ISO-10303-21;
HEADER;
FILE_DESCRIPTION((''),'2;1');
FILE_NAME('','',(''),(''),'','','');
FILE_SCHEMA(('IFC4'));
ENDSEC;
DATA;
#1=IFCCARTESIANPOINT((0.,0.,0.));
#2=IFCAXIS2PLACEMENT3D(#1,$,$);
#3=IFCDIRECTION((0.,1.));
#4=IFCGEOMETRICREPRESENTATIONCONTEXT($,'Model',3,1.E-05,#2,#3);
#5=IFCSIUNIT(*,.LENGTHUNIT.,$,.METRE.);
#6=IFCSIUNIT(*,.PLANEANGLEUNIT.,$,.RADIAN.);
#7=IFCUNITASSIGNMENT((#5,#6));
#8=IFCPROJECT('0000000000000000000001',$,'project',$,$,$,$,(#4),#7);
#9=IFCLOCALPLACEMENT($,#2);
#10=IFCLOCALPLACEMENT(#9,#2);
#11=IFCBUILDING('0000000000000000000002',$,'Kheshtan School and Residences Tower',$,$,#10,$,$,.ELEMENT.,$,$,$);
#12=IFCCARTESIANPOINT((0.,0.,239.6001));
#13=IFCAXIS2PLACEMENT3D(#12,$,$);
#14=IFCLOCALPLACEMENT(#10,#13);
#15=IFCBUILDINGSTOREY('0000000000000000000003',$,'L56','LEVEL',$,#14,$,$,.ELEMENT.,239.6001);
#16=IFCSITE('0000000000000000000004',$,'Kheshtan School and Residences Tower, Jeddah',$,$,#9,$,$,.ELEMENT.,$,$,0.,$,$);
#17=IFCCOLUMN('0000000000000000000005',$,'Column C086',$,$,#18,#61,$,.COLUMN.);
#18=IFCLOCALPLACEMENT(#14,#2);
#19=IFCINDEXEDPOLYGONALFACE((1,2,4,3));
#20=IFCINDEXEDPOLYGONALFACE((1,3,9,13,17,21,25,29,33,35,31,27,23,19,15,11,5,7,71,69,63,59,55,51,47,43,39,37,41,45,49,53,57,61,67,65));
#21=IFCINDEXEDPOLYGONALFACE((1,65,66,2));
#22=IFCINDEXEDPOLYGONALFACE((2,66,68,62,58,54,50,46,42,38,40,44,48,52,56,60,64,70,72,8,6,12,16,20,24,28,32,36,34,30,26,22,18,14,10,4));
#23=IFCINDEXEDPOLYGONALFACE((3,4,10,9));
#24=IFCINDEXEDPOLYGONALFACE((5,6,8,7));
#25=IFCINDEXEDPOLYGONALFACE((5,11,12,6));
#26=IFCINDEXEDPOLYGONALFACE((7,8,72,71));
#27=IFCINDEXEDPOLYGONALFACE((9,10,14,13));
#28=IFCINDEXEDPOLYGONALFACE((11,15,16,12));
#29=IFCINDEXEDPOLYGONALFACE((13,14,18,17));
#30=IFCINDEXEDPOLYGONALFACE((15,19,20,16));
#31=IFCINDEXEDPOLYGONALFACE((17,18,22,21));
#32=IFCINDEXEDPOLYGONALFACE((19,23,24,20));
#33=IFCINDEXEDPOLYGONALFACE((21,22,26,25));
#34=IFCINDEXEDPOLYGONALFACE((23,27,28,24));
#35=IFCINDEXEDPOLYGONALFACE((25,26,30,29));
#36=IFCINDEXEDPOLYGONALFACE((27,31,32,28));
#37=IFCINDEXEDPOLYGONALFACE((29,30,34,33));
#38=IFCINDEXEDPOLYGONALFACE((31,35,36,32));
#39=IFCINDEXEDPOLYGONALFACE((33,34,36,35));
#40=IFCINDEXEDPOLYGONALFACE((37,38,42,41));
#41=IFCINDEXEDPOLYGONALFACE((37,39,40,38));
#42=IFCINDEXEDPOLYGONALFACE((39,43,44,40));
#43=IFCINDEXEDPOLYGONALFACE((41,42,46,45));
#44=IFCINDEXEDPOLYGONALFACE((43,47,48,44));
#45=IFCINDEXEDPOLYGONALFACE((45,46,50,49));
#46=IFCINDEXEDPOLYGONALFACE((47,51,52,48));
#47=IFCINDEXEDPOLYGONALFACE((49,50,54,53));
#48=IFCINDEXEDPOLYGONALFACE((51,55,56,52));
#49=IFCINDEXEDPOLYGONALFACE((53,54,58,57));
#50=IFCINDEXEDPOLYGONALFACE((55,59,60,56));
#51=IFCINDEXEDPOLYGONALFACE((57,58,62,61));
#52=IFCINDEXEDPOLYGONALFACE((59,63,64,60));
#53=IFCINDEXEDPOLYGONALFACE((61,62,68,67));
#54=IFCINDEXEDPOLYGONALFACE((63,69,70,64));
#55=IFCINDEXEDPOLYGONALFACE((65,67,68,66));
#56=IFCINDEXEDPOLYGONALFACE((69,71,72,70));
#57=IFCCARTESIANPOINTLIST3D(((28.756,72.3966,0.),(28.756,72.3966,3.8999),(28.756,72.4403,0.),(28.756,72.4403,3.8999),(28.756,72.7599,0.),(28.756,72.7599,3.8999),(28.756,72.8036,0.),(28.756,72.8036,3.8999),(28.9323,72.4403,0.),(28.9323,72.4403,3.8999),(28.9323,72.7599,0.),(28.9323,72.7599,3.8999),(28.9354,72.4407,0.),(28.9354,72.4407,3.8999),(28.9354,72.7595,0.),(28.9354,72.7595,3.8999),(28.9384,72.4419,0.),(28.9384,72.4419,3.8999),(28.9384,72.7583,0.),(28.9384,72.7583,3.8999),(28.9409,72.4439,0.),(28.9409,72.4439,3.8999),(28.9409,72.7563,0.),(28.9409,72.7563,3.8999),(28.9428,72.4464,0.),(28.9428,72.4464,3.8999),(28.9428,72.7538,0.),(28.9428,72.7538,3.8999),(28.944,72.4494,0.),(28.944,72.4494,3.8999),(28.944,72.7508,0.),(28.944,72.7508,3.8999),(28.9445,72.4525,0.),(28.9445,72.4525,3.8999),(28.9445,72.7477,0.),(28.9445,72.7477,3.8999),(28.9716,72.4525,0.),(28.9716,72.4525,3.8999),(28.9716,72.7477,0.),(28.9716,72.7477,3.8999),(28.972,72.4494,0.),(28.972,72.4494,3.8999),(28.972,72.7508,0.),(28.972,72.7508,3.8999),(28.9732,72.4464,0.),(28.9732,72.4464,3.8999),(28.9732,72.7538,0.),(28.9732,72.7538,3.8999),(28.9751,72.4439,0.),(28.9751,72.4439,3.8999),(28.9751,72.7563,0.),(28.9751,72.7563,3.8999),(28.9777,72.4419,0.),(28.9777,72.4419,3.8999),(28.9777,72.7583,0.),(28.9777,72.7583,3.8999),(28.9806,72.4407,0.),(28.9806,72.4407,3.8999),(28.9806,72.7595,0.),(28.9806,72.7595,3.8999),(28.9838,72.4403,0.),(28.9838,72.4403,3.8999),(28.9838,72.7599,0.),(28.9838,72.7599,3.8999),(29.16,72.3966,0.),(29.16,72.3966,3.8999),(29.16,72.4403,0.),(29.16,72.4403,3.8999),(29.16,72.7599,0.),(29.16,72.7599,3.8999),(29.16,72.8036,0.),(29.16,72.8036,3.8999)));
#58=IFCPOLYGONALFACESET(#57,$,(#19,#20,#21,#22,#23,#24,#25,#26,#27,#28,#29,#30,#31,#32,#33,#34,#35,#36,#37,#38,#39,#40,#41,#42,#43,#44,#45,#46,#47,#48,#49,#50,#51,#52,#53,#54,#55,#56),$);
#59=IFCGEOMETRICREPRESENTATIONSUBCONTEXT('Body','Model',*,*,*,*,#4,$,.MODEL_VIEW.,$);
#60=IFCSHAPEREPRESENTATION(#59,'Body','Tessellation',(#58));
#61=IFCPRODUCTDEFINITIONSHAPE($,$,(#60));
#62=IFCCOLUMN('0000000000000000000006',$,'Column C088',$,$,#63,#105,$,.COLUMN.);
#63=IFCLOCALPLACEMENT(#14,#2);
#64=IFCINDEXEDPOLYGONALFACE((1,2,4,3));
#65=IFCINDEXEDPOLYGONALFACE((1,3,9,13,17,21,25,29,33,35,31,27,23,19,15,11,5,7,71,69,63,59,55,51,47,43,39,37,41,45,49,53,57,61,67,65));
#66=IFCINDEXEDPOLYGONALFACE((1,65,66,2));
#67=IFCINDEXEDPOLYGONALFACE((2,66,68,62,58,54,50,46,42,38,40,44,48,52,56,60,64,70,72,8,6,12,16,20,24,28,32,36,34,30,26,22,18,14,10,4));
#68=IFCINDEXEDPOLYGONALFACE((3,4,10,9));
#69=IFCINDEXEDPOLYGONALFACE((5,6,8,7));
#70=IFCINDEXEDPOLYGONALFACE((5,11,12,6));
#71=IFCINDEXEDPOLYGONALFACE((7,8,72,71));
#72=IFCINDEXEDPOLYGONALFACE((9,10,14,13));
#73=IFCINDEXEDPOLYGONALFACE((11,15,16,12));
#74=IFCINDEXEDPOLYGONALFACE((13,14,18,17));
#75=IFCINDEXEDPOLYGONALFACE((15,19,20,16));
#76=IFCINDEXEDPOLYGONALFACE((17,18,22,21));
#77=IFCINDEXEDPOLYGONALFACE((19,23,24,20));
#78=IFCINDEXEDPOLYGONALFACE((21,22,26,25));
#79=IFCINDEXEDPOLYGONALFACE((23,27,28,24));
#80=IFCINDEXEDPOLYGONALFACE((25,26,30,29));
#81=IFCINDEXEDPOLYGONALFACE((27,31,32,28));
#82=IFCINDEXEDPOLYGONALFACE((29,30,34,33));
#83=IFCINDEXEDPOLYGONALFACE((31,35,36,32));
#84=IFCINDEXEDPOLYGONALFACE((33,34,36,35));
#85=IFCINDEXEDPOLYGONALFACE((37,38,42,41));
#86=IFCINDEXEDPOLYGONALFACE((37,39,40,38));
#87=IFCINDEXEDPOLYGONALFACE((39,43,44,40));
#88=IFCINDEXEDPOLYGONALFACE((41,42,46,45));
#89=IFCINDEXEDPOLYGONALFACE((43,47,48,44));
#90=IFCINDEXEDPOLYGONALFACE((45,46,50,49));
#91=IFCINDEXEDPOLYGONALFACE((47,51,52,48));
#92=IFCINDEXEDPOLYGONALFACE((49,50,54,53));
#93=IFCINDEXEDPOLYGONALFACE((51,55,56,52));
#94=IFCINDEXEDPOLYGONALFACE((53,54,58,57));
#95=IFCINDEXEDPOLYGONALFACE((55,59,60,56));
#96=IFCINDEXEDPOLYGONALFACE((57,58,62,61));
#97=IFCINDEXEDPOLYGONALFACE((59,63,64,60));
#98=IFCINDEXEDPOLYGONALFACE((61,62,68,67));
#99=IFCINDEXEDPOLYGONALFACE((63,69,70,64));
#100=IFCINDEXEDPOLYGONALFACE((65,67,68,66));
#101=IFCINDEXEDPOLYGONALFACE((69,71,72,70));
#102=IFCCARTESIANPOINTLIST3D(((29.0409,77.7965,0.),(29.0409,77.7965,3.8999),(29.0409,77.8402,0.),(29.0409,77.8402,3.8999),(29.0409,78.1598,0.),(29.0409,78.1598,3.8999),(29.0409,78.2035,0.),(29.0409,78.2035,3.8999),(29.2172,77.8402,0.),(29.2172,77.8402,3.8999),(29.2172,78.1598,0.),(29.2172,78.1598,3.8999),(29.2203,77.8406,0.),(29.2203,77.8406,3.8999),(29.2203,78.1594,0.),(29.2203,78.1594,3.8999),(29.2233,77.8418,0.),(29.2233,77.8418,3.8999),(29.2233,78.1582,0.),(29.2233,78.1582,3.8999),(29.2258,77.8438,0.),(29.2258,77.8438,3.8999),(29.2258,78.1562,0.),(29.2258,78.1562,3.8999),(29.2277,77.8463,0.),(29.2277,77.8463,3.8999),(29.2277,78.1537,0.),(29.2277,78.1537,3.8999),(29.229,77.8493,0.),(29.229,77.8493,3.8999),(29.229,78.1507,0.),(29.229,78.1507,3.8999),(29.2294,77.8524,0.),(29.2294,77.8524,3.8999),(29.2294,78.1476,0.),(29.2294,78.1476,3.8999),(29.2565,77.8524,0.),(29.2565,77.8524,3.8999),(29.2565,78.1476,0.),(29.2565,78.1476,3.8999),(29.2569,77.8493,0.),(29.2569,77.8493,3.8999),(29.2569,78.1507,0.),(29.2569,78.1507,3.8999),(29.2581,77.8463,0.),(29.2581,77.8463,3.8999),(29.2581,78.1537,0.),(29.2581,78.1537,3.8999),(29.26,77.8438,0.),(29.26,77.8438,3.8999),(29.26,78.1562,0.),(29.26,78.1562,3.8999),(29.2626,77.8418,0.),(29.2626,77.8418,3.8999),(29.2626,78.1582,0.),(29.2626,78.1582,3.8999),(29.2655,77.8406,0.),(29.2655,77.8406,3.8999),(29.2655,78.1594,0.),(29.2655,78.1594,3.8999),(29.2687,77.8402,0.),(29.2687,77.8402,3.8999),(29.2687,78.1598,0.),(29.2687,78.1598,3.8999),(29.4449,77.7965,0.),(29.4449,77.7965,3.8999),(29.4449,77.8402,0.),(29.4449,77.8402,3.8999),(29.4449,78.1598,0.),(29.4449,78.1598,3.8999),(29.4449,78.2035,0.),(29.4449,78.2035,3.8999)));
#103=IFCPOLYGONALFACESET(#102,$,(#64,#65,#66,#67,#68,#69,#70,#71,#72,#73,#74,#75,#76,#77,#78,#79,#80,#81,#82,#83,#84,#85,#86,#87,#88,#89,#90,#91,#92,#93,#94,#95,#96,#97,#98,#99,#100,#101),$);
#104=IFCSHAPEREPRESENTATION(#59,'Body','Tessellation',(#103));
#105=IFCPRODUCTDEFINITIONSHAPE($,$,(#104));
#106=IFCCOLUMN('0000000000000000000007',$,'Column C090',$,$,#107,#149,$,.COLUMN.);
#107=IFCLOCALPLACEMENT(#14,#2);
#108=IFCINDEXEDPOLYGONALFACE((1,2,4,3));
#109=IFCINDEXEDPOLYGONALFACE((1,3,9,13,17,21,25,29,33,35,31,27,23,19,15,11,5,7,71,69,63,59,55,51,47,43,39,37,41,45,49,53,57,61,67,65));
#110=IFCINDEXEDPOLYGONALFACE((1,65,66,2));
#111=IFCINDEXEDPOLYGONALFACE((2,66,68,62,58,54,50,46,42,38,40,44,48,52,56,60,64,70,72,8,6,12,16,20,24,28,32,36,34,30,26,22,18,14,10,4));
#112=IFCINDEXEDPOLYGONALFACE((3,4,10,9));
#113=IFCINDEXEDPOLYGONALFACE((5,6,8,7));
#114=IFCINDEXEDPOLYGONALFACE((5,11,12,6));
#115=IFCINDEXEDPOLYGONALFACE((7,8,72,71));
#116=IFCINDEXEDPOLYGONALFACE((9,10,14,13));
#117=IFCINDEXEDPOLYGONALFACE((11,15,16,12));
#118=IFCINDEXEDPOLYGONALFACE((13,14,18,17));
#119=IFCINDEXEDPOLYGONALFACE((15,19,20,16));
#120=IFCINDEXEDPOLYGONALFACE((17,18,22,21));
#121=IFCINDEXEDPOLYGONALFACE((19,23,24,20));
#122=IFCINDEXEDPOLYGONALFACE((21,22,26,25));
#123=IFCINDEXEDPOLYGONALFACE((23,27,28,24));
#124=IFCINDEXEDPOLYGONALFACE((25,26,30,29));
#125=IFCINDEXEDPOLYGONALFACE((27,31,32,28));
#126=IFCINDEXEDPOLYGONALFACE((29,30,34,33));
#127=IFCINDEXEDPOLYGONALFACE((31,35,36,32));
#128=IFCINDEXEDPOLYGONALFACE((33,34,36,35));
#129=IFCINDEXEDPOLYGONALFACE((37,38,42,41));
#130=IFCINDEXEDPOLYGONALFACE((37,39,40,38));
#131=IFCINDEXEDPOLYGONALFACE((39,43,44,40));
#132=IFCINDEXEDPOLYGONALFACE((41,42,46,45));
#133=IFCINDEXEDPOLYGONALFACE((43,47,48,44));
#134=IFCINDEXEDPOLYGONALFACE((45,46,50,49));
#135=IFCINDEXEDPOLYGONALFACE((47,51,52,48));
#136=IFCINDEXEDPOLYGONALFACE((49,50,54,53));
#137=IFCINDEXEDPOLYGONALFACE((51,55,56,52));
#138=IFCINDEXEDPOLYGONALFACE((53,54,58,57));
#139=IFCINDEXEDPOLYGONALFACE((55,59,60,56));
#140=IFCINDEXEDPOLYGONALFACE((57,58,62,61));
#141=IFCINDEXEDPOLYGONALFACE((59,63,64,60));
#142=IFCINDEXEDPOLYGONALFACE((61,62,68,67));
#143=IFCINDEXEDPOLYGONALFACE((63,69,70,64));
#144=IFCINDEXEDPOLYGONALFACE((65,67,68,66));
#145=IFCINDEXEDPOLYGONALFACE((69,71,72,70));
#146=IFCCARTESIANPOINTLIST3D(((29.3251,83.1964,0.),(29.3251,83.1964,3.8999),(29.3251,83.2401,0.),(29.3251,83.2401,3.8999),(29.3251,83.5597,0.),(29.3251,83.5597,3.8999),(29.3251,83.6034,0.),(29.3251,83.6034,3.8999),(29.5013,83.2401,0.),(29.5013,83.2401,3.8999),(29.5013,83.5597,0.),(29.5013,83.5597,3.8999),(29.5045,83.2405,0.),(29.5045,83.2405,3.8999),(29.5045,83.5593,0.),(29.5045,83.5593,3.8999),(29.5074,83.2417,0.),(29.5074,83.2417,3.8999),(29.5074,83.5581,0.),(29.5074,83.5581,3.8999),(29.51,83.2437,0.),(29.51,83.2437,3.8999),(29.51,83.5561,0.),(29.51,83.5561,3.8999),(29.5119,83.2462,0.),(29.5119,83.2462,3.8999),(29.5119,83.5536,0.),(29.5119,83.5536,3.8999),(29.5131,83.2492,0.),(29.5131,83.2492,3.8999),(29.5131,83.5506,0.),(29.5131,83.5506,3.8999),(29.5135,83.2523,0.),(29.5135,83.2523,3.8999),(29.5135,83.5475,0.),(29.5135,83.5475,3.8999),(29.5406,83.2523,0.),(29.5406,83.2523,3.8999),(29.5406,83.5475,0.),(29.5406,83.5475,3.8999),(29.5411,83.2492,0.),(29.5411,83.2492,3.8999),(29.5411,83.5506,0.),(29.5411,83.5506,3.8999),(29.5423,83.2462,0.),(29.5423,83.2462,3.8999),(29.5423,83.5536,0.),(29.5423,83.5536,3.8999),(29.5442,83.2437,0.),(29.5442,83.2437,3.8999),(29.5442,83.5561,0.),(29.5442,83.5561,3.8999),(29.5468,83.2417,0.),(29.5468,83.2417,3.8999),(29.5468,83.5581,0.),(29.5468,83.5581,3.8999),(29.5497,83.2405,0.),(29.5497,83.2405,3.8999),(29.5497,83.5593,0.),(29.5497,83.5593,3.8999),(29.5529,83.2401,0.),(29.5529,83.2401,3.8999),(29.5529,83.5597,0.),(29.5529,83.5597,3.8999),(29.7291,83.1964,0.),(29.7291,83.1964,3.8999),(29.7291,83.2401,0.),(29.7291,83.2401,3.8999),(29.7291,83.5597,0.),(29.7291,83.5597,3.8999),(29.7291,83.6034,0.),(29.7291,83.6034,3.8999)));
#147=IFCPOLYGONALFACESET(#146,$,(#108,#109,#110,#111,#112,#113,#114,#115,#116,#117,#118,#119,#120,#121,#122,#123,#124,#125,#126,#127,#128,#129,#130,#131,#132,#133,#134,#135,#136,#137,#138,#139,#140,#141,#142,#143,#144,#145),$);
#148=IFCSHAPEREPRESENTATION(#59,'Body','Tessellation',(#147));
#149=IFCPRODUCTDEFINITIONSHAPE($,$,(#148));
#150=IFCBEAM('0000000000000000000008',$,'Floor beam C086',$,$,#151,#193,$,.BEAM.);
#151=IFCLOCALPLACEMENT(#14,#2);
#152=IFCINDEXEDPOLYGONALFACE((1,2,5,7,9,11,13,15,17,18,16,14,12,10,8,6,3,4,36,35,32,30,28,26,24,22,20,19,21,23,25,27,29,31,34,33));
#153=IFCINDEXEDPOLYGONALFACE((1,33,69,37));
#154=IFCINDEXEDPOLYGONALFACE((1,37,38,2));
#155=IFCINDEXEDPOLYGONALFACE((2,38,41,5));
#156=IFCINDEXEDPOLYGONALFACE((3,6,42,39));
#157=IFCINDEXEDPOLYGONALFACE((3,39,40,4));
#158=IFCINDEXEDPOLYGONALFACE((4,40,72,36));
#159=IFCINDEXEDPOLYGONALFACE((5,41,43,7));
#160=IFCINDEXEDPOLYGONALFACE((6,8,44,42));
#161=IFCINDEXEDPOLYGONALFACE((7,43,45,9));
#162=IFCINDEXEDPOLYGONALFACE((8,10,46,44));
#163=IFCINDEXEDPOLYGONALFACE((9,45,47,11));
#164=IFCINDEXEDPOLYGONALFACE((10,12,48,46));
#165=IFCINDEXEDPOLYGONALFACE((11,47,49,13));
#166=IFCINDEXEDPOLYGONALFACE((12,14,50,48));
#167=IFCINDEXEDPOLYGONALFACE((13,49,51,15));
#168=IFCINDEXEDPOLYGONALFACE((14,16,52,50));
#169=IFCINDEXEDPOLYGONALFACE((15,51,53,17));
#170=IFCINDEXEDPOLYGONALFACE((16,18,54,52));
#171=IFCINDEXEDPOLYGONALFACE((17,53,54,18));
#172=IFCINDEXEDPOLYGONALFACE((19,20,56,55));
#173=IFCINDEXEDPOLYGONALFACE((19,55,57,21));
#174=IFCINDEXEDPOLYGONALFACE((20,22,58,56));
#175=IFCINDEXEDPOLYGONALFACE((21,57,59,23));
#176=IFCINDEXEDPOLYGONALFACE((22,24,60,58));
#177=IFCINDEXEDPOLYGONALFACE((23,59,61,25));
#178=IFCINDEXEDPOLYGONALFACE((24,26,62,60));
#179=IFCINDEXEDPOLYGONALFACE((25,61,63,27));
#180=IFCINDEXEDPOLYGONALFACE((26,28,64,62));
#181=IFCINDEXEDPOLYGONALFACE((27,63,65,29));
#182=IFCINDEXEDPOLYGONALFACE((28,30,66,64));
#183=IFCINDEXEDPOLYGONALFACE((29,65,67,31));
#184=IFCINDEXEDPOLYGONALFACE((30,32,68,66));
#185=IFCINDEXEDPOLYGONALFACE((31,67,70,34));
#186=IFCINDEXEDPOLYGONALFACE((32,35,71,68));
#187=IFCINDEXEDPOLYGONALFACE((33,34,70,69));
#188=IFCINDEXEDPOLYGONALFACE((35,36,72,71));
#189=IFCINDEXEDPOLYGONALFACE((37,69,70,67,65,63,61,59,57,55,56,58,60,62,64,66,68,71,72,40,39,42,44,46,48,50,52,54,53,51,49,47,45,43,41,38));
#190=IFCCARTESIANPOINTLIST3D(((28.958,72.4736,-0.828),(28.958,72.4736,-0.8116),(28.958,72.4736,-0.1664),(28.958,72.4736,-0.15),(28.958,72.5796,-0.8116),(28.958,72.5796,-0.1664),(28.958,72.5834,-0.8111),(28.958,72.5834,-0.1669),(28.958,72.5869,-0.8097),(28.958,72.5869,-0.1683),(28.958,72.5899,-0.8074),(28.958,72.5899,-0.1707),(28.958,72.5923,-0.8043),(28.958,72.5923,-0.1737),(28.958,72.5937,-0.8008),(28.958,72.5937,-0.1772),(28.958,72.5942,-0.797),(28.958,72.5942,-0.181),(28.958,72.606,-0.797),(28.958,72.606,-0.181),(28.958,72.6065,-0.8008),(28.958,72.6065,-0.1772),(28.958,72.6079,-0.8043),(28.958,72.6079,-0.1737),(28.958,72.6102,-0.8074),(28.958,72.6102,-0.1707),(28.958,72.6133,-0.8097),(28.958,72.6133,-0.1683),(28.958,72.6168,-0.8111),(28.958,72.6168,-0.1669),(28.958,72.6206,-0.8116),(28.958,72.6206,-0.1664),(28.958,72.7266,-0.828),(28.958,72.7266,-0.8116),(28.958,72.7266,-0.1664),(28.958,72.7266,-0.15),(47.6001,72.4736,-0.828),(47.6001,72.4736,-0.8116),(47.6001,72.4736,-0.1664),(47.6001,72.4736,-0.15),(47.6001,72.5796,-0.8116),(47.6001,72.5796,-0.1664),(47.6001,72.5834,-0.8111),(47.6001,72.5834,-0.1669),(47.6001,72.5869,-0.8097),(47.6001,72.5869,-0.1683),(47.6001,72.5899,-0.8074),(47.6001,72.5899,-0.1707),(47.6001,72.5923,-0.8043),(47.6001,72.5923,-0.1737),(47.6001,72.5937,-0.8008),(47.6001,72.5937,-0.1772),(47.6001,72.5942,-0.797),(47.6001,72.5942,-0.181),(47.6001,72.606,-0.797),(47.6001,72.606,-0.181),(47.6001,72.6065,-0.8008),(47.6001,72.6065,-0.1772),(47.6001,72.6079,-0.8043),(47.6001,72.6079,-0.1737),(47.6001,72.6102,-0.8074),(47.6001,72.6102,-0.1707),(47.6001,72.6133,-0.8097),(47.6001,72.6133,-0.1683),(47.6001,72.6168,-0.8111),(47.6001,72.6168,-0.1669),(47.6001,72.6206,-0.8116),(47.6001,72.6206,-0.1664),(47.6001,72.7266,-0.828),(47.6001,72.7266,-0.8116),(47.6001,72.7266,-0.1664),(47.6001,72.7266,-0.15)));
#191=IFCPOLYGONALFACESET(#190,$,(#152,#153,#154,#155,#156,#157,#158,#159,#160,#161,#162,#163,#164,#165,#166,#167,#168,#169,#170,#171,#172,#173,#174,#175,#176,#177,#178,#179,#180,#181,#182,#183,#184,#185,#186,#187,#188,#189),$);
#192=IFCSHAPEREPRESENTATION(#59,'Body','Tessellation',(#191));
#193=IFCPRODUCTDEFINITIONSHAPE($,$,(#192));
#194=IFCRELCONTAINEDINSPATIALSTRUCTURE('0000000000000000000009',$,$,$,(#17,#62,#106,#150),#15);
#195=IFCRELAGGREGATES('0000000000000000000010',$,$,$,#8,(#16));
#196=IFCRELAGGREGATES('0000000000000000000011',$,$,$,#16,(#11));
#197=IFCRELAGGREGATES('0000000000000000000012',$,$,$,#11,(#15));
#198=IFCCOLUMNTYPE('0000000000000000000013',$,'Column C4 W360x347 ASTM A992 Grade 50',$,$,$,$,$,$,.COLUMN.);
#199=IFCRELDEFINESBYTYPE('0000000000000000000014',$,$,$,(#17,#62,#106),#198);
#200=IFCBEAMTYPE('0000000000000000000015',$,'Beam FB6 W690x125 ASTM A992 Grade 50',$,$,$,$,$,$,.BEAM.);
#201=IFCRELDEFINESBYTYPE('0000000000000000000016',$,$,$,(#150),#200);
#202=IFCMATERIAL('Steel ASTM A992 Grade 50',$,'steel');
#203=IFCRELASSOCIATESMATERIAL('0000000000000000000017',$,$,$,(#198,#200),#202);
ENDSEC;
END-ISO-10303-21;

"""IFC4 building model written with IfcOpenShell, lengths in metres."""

from ifc_helpers import new_model, si_unit, direction, frame, origin, origin_2d, place, context, subcontext, project, spatial, i_section, extrude, material, material_profile, profile_set, type_object, element, save


model = new_model("IFC4")

# Units and contexts
model_context = context("Model", 3, precision=1e-05, world=origin(), true_north=direction((0.0, 1.0)))
body_context = subcontext(model_context, "Body", "Model", "MODEL_VIEW")
ifc_project = project(units=[si_unit("LENGTHUNIT", "METRE"), si_unit("PLANEANGLEUNIT", "RADIAN")], contexts=[model_context])

# Site, building, storey
site_placement = place(None, origin())
site = spatial("IfcSite", under=ifc_project, at=site_placement, Name="Kheshtan School and Residences Tower, Jeddah", CompositionType="ELEMENT", RefElevation=0.0)
building_placement = place(site_placement, origin())
building = spatial("IfcBuilding", under=site, at=building_placement, Name="Kheshtan School and Residences Tower", CompositionType="ELEMENT")
storey_placement = place(building_placement, frame((0.0, 0.0, 239.6001)))
storey = spatial("IfcBuildingStorey", under=building, at=storey_placement, Name="L56", Description="LEVEL", CompositionType="ELEMENT", Elevation=239.6001)

# Columns
ifc_material_1 = material(Name="Steel ASTM A992 Grade 50", Category="steel")
ifc_material_profile_1 = material_profile(ifc_material_1, i_section(OverallWidth=0.4041, OverallDepth=0.407, WebThickness=0.0271, FlangeThickness=0.0437, FilletRadius=0.0122, at=origin_2d()), Name="W360x347")
ifc_profile_set_1 = profile_set([ifc_material_profile_1], Name="Steel ASTM A992 Grade 50")
column_type = type_object("IfcColumnType", Name="Column C4 W360x347 ASTM A992 Grade 50", PredefinedType="COLUMN", material=ifc_profile_set_1)
for number, where, z_axis, x_axis, name in (
    (1, (28.958, 72.6001, 0.0), (0.0, 0.0, 1.0), (1.0, 0.0, 0.0), "Column C086"),
    (2, (29.2429, 78.0, 0.0), (0.0, 0.0, 1.0), (1.0, 0.0, 0.0), "Column C088"),
    (3, (29.5271, 83.3999, 0.0), (0.0, 0.0, 1.0), (1.0, 0.0, 0.0), "Column C090"),
):
    element("IfcColumn", number, at=place(storey_placement, frame(where, z_axis=z_axis, x_axis=x_axis)), inside=storey, type_object=column_type, Name=name, PredefinedType="COLUMN", context=body_context, shape_type="SweptSolid", body=[
        extrude(i_section(OverallWidth=0.4041, OverallDepth=0.407, WebThickness=0.0271, FlangeThickness=0.0437, FilletRadius=0.0122, at=origin_2d()), origin(), (0.0, 0.0, 1.0), 3.8999),
    ])

# Beam
ifc_material_profile_2 = material_profile(ifc_material_1, i_section(OverallWidth=0.2529, OverallDepth=0.678, WebThickness=0.0117, FlangeThickness=0.0164, FilletRadius=0.0146, at=origin_2d()), Name="W690x125")
ifc_profile_set_2 = profile_set([ifc_material_profile_2], Name="Steel ASTM A992 Grade 50")
beam_type_1 = type_object("IfcBeamType", Name="Beam FB6 W690x125 ASTM A992 Grade 50", PredefinedType="BEAM", material=ifc_profile_set_2)
beam_1_placement = place(storey_placement, frame((28.958, 72.6001, -0.489), z_axis=(1.0, 0.0, 0.0), x_axis=(0.0, 1.0, 0.0)))
element("IfcBeam", 4, at=beam_1_placement, inside=storey, type_object=beam_type_1, Name="Floor beam C086", PredefinedType="BEAM", context=body_context, shape_type="SweptSolid", body=[
    extrude(i_section(OverallWidth=0.2529, OverallDepth=0.678, WebThickness=0.0117, FlangeThickness=0.0164, FilletRadius=0.0146, at=origin_2d()), origin(), (0.0, 0.0, 1.0), 18.6421),
])

save(model, "model.ifc")
